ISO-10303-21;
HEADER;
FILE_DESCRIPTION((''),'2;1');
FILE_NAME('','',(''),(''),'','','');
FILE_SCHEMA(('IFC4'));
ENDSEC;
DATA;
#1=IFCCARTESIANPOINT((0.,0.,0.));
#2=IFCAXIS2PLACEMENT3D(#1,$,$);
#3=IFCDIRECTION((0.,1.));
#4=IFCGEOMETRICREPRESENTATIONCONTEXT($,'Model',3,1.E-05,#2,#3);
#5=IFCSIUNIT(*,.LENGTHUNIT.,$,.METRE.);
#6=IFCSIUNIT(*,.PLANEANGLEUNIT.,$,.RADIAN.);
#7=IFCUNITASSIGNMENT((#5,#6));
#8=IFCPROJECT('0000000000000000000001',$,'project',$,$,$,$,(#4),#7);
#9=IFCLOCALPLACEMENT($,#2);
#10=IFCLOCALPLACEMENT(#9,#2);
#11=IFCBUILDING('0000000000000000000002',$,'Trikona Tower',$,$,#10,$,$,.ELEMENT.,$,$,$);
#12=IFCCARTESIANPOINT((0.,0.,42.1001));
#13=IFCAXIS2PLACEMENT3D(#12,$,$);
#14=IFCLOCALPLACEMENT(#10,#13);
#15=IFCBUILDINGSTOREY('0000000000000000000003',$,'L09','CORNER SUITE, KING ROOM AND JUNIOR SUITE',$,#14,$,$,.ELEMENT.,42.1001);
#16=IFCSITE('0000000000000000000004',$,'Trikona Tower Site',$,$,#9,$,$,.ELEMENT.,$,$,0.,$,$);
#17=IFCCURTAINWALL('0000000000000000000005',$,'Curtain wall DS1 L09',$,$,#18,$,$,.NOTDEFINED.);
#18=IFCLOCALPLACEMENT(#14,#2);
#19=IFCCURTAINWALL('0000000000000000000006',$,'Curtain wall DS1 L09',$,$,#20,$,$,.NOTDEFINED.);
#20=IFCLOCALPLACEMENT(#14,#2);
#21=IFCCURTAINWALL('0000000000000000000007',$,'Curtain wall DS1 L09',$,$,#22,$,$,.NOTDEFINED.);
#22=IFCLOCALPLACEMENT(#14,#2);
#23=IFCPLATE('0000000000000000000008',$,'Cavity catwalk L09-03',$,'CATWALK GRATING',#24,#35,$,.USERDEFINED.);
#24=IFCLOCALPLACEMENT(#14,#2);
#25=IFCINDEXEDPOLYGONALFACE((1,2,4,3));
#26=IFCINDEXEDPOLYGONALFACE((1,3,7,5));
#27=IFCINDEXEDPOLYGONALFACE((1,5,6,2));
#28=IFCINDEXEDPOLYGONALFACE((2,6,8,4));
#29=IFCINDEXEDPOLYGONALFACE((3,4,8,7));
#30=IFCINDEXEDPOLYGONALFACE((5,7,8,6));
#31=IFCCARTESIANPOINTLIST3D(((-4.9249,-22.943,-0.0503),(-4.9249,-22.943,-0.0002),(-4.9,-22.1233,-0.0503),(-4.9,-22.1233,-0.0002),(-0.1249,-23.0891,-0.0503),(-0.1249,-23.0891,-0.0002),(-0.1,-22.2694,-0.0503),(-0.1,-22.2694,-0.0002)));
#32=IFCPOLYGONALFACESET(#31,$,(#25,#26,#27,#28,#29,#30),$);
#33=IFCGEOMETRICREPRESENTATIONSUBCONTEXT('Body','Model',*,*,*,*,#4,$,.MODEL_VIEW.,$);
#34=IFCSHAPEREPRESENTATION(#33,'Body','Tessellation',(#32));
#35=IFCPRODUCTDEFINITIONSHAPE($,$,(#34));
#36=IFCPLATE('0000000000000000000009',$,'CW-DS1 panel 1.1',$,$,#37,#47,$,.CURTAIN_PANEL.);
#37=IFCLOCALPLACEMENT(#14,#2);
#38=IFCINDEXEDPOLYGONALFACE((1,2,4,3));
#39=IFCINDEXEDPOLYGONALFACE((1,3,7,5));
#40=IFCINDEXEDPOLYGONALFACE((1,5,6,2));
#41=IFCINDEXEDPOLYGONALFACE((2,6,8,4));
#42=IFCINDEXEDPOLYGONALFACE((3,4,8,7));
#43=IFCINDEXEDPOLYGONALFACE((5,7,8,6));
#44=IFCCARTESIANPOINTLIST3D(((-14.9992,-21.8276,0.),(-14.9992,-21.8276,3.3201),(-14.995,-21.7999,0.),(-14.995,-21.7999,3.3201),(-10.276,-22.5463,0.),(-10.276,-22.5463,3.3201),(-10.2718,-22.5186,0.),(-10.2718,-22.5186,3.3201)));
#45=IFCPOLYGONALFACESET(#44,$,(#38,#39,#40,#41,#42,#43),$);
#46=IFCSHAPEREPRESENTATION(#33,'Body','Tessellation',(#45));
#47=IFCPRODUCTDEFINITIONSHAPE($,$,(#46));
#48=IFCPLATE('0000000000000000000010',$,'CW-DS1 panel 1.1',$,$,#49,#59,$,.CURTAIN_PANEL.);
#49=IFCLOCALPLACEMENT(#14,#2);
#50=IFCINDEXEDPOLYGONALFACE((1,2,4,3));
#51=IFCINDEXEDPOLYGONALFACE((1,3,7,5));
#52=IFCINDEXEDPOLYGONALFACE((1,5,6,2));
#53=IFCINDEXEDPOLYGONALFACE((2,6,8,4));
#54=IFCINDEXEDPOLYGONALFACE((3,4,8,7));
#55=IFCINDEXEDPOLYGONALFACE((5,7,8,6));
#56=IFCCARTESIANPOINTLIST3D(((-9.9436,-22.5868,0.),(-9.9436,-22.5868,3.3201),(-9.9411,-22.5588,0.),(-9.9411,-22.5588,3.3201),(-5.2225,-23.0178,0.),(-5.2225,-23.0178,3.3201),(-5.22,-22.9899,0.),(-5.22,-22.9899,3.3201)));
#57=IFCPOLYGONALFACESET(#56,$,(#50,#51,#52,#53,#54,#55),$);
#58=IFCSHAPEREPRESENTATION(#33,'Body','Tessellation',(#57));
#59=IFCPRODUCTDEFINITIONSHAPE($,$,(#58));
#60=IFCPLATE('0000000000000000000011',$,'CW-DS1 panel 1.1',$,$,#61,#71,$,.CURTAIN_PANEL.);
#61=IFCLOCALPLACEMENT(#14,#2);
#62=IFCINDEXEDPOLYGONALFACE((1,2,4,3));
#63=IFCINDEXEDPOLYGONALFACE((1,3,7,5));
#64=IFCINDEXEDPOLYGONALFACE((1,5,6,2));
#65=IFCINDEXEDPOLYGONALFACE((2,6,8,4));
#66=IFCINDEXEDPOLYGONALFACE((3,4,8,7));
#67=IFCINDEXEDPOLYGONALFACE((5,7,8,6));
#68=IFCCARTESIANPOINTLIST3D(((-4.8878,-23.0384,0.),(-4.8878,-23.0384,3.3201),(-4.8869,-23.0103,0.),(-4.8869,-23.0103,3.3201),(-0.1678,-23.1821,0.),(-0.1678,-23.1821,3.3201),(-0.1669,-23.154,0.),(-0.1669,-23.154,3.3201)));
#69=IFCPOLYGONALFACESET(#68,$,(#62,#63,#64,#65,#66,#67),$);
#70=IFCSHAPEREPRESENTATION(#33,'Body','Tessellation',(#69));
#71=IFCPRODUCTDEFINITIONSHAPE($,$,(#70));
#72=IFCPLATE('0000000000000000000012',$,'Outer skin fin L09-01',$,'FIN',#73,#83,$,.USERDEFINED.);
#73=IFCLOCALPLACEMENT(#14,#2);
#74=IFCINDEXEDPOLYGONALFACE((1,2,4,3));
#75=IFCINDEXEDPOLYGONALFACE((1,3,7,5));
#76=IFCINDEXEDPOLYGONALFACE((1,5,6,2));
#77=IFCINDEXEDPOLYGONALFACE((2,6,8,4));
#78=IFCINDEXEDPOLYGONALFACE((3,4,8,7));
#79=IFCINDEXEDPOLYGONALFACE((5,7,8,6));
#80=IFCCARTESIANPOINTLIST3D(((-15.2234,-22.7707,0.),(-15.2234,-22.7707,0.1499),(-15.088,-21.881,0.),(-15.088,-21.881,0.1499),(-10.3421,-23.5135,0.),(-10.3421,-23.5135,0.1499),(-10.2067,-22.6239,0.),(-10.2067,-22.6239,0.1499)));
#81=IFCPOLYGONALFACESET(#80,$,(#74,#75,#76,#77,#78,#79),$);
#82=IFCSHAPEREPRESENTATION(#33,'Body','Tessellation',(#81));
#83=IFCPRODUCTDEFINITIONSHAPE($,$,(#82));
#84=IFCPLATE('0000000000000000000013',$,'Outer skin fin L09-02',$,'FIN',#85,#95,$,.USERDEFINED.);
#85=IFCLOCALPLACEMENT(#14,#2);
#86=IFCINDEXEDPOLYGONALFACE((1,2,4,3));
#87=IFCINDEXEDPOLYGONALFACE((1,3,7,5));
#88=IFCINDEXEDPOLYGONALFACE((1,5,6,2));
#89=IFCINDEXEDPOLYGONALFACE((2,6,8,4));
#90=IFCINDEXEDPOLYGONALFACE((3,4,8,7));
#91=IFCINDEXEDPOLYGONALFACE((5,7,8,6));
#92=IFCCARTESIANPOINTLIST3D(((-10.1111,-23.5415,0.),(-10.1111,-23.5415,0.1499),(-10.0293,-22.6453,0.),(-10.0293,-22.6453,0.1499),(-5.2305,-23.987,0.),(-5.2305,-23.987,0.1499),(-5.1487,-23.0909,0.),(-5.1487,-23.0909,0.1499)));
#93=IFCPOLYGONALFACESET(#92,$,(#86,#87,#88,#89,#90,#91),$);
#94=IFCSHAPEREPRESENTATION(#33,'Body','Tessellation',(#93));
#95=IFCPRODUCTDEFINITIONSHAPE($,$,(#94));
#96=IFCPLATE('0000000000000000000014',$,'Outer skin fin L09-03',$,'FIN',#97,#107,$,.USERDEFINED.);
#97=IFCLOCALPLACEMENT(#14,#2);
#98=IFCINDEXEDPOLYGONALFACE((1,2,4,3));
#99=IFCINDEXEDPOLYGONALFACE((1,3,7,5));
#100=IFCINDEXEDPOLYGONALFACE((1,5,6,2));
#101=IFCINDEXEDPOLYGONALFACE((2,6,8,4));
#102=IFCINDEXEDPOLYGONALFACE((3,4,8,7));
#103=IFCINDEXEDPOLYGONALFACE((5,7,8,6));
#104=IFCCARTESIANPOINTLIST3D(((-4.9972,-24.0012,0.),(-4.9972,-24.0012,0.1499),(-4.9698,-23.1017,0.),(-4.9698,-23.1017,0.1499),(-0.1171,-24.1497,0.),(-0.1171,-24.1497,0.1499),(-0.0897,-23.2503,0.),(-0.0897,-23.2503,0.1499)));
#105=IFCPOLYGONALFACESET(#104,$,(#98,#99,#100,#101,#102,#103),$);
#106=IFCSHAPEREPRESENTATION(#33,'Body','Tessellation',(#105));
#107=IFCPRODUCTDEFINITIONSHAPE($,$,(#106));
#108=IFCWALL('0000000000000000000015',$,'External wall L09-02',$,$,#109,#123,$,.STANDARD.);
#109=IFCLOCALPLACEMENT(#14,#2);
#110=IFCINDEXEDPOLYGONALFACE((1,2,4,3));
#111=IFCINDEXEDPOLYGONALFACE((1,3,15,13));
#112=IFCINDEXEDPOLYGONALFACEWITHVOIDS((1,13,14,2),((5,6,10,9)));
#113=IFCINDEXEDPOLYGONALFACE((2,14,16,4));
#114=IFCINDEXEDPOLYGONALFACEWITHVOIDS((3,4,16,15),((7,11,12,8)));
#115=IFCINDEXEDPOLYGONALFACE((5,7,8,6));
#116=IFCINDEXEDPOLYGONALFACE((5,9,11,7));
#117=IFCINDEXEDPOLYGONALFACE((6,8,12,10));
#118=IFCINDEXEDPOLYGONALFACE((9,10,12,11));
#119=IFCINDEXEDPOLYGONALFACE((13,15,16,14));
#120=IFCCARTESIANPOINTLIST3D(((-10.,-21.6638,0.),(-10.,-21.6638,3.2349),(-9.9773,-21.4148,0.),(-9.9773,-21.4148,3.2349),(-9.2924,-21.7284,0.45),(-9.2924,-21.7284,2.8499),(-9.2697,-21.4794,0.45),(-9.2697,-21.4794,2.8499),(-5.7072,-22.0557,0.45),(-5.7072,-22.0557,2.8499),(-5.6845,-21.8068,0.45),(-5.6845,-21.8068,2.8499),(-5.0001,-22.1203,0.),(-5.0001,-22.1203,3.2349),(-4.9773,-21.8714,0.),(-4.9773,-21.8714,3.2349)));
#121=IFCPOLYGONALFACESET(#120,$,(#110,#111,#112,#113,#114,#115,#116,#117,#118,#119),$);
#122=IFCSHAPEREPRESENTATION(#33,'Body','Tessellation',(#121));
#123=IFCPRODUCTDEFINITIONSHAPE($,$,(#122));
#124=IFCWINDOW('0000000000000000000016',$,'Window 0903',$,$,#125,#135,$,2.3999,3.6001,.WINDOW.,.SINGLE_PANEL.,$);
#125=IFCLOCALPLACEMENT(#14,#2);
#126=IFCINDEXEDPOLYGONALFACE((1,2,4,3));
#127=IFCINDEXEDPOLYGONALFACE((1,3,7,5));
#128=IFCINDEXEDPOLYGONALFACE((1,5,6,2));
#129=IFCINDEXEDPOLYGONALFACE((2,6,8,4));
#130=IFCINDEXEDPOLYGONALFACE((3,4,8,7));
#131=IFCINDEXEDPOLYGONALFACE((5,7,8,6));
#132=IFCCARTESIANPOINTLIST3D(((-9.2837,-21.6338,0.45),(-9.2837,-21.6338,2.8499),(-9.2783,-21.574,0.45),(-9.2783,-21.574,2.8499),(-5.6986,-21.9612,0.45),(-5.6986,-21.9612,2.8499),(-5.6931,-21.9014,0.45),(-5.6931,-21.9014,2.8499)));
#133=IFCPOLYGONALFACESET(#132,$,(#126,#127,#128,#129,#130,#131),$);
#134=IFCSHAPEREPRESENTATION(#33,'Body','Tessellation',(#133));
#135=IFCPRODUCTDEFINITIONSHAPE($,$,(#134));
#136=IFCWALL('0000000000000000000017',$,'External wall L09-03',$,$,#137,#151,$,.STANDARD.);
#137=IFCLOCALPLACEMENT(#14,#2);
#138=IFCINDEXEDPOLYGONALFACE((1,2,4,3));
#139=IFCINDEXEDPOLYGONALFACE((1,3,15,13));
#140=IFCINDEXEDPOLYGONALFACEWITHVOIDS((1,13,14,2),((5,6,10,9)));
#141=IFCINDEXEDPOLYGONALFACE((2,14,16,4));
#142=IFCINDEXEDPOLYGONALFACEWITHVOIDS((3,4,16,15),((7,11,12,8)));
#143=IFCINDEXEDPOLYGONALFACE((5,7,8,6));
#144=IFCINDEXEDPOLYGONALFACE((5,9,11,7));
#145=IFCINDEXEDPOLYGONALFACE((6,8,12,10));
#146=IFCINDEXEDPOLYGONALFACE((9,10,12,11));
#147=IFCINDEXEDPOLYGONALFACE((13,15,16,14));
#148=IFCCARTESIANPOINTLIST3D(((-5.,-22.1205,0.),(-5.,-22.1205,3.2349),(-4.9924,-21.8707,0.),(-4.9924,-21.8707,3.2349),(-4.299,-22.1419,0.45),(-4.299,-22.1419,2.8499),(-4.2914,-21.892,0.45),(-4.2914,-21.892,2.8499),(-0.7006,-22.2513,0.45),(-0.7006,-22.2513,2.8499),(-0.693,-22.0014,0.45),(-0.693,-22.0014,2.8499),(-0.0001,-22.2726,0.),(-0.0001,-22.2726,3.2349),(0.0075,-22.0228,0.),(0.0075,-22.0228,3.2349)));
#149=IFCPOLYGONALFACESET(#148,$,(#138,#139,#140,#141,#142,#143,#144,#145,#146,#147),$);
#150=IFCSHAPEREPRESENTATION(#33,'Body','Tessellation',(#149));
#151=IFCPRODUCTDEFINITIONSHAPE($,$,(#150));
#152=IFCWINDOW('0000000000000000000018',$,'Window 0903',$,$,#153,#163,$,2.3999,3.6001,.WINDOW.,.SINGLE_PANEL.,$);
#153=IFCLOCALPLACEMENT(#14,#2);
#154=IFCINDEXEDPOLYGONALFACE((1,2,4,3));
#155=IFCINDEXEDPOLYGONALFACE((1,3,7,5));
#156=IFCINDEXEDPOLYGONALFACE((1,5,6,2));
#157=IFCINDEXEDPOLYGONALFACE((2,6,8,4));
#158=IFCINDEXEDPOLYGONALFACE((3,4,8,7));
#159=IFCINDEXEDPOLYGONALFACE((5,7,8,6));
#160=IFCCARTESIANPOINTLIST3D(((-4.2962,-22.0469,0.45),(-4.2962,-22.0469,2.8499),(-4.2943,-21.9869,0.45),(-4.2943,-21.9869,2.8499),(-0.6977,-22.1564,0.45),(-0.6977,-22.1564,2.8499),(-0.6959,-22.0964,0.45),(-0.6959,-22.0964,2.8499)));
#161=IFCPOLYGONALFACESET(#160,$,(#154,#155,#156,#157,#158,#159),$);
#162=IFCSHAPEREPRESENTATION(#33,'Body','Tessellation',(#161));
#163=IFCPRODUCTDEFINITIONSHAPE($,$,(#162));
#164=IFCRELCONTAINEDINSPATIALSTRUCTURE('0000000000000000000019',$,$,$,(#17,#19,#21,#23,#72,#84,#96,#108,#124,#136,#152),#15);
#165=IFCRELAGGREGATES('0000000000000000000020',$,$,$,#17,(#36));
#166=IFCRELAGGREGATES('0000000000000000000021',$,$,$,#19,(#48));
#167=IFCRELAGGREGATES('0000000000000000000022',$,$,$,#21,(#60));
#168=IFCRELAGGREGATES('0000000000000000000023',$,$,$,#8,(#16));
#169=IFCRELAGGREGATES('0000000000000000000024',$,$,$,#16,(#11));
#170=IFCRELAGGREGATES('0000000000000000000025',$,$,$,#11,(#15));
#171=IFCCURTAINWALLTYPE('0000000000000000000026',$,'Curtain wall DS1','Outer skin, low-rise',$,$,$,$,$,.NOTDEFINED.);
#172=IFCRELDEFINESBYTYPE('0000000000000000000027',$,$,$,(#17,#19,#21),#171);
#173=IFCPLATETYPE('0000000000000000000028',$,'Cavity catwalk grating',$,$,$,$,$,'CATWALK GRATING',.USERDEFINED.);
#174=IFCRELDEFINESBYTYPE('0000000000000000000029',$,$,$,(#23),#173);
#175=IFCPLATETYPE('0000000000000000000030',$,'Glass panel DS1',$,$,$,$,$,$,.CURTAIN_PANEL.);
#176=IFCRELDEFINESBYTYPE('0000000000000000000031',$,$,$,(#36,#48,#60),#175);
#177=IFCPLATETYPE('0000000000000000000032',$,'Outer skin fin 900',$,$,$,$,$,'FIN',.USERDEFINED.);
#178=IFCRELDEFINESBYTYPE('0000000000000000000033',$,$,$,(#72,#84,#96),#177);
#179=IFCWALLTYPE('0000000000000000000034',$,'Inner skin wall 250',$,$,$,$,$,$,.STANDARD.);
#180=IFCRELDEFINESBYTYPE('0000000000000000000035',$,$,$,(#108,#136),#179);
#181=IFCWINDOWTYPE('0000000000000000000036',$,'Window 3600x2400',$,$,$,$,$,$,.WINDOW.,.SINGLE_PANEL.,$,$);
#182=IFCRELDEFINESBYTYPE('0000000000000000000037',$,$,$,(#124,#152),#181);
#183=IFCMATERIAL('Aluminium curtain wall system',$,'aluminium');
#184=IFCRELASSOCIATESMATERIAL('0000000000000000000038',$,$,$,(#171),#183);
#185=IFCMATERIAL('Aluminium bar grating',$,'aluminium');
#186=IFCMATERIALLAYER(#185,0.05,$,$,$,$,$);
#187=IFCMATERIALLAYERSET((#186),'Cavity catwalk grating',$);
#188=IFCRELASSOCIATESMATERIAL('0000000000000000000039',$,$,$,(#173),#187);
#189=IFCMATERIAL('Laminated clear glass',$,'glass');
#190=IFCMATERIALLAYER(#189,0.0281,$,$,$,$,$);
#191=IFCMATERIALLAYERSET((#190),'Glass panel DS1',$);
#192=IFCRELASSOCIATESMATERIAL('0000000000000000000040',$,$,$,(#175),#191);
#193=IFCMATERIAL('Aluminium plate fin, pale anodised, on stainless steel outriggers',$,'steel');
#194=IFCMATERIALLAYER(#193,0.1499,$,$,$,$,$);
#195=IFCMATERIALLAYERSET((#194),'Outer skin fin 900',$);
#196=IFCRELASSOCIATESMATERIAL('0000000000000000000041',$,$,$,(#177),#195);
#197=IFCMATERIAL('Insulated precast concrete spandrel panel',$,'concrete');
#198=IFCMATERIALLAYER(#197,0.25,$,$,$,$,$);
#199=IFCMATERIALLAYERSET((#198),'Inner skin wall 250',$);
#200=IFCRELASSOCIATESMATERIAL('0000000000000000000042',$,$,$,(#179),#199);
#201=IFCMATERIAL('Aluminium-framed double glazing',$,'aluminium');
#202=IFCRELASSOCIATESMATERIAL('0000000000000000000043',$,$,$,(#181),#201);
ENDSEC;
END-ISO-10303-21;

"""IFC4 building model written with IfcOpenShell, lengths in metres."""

from ifc_helpers import new_model, si_unit, direction, frame, frame_2d, origin, origin_2d, place, context, subcontext, project, spatial, rectangle, extrude, material, layer, layer_set, type_object, element, fill, aggregate, save


model = new_model("IFC4")

# Units and contexts
model_context = context("Model", 3, precision=1e-05, world=origin(), true_north=direction((0.0, 1.0)))
body_context = subcontext(model_context, "Body", "Model", "MODEL_VIEW")
ifc_project = project(units=[si_unit("LENGTHUNIT", "METRE"), si_unit("PLANEANGLEUNIT", "RADIAN")], contexts=[model_context])

# Site, building, storey
site_placement = place(None, origin())
site = spatial("IfcSite", under=ifc_project, at=site_placement, Name="Trikona Tower Site", CompositionType="ELEMENT", RefElevation=0.0)
building_placement = place(site_placement, origin())
building = spatial("IfcBuilding", under=site, at=building_placement, Name="Trikona Tower", CompositionType="ELEMENT")
storey_placement = place(building_placement, frame((0.0, 0.0, 42.1001)))
storey = spatial("IfcBuildingStorey", under=building, at=storey_placement, Name="L09", Description="CORNER SUITE, KING ROOM AND JUNIOR SUITE", CompositionType="ELEMENT", Elevation=42.1001)

# Curtain wall
ifc_material_1 = material(Name="Aluminium curtain wall system", Category="aluminium")
curtain_wall_type = type_object("IfcCurtainWallType", Name="Curtain wall DS1", Description="Outer skin, low-rise", PredefinedType="NOTDEFINED", material=ifc_material_1)
curtain_wall_1_placement = place(storey_placement, origin())
curtain_wall_1 = element("IfcCurtainWall", 1, at=curtain_wall_1_placement, inside=storey, type_object=curtain_wall_type, Name="Curtain wall DS1 L09", PredefinedType="NOTDEFINED")

# Curtain walls
curtain_wall_2_placement = place(storey_placement, origin())
curtain_wall_2 = element("IfcCurtainWall", 2, at=curtain_wall_2_placement, inside=storey, type_object=curtain_wall_type, Name="Curtain wall DS1 L09", PredefinedType="NOTDEFINED")
curtain_wall_3_placement = place(storey_placement, origin())
curtain_wall_3 = element("IfcCurtainWall", 3, at=curtain_wall_3_placement, inside=storey, type_object=curtain_wall_type, Name="Curtain wall DS1 L09", PredefinedType="NOTDEFINED")

# Plate
ifc_material_2 = material(Name="Aluminium bar grating", Category="aluminium")
ifc_layer_1 = layer(ifc_material_2, 0.05)
ifc_layer_set_1 = layer_set([ifc_layer_1], Name="Cavity catwalk grating")
plate_type_1 = type_object("IfcPlateType", Name="Cavity catwalk grating", ElementType="CATWALK GRATING", PredefinedType="USERDEFINED", material=ifc_layer_set_1)
plate_1_placement = place(storey_placement, frame((-2.5125, -22.6062, -0.0503), z_axis=(0.0, 0.0, 1.0), x_axis=(0.999537, -0.030425, 0.0)))
element("IfcPlate", 4, at=plate_1_placement, inside=storey, type_object=plate_type_1, Name="Cavity catwalk L09-03", ObjectType="CATWALK GRATING", PredefinedType="USERDEFINED", context=body_context, shape_type="SweptSolid", body=[
    extrude(rectangle(XDim=4.8022, YDim=0.8201, at=origin_2d()), origin(), (0.0, 0.0, 1.0), 0.05),
])

# Plates
ifc_material_3 = material(Name="Laminated clear glass", Category="glass")
ifc_layer_2 = layer(ifc_material_3, 0.0281)
ifc_layer_set_2 = layer_set([ifc_layer_2], Name="Glass panel DS1")
plate_type_2 = type_object("IfcPlateType", Name="Glass panel DS1", PredefinedType="CURTAIN_PANEL", material=ifc_layer_set_2)
plate_2_placement = place(storey_placement, frame((-12.6355, -22.1731, 0.0), z_axis=(0.0, 0.0, 1.0), x_axis=(0.988619, -0.150438, 0.0)))
plate_2 = element("IfcPlate", 5, at=plate_2_placement, type_object=plate_type_2, Name="CW-DS1 panel 1.1", PredefinedType="CURTAIN_PANEL", context=body_context, shape_type="SweptSolid", body=[
    extrude(rectangle(XDim=4.7776, YDim=0.0281, at=origin_2d()), origin(), (0.0, 0.0, 1.0), 3.3201),
])
aggregate(curtain_wall_1, [plate_2])
plate_3_placement = place(storey_placement, frame((-7.5818, -22.7883, 0.0), z_axis=(0.0, 0.0, 1.0), x_axis=(0.995858, -0.090924, 0.0)))
plate_3 = element("IfcPlate", 6, at=plate_3_placement, type_object=plate_type_2, Name="CW-DS1 panel 1.1", PredefinedType="CURTAIN_PANEL", context=body_context, shape_type="SweptSolid", body=[
    extrude(rectangle(XDim=4.7407, YDim=0.0281, at=origin_2d()), origin(), (0.0, 0.0, 1.0), 3.3201),
])
aggregate(curtain_wall_2, [plate_3])
plate_4_placement = place(storey_placement, frame((-2.5273, -23.0962, 0.0), z_axis=(0.0, 0.0, 1.0), x_axis=(0.999537, -0.030437, 0.0)))
plate_4 = element("IfcPlate", 7, at=plate_4_placement, type_object=plate_type_2, Name="CW-DS1 panel 1.1", PredefinedType="CURTAIN_PANEL", context=body_context, shape_type="SweptSolid", body=[
    extrude(rectangle(XDim=4.7222, YDim=0.0281, at=origin_2d()), origin(), (0.0, 0.0, 1.0), 3.3201),
])
aggregate(curtain_wall_3, [plate_4])

# Plates
ifc_material_4 = material(Name="Aluminium plate fin, pale anodised, on stainless steel outriggers", Category="steel")
ifc_layer_3 = layer(ifc_material_4, 0.1499)
ifc_layer_set_3 = layer_set([ifc_layer_3], Name="Outer skin fin 900")
plate_type_3 = type_object("IfcPlateType", Name="Outer skin fin 900", ElementType="FIN", PredefinedType="USERDEFINED", material=ifc_layer_set_3)
plate_5_placement = place(storey_placement, frame((-12.7151, -22.6973, 0.0), z_axis=(0.0, 0.0, 1.0), x_axis=(0.988618, -0.150448, 0.0)))
element("IfcPlate", 8, at=plate_5_placement, inside=storey, type_object=plate_type_3, Name="Outer skin fin L09-01", ObjectType="FIN", PredefinedType="USERDEFINED", context=body_context, shape_type="SweptSolid", body=[
    extrude(rectangle(XDim=4.9375, YDim=0.8999, at=origin_2d()), origin(), (0.0, 0.0, 1.0), 0.1499),
])
plate_6_placement = place(storey_placement, frame((-7.6299, -23.3162, 0.0), z_axis=(0.0, 0.0, 1.0), x_axis=(0.995858, -0.090921, 0.0)))
element("IfcPlate", 9, at=plate_6_placement, inside=storey, type_object=plate_type_3, Name="Outer skin fin L09-02", ObjectType="FIN", PredefinedType="USERDEFINED", context=body_context, shape_type="SweptSolid", body=[
    extrude(rectangle(XDim=4.9009, YDim=0.8999, at=origin_2d()), origin(), (0.0, 0.0, 1.0), 0.1499),
])
plate_7_placement = place(storey_placement, frame((-2.5435, -23.6257, 0.0), z_axis=(0.0, 0.0, 1.0), x_axis=(0.999537, -0.030425, 0.0)))
element("IfcPlate", 10, at=plate_7_placement, inside=storey, type_object=plate_type_3, Name="Outer skin fin L09-03", ObjectType="FIN", PredefinedType="USERDEFINED", context=body_context, shape_type="SweptSolid", body=[
    extrude(rectangle(XDim=4.8823, YDim=0.8999, at=origin_2d()), origin(), (0.0, 0.0, 1.0), 0.1499),
])

# Walls, openings, windows
ifc_material_5 = material(Name="Insulated precast concrete spandrel panel", Category="concrete")
ifc_layer_4 = layer(ifc_material_5, 0.25)
ifc_layer_set_4 = layer_set([ifc_layer_4], Name="Inner skin wall 250")
wall_type = type_object("IfcWallType", Name="Inner skin wall 250", PredefinedType="STANDARD", material=ifc_layer_set_4)
wall_1_placement = place(storey_placement, frame((-9.9885, -21.5393, 0.0), z_axis=(0.0, 0.0, 1.0), x_axis=(0.995857, -0.09093, 0.0)))
wall_1 = element("IfcWall", 11, at=wall_1_placement, inside=storey, type_object=wall_type, Name="External wall L09-02", PredefinedType="STANDARD", context=body_context, shape_type="SweptSolid", body=[
    extrude(rectangle(XDim=5.0208, YDim=0.25, at=frame_2d((2.5103, 0.0))), origin(), (0.0, 0.0, 1.0), 3.2349),
])
opening_1_placement = place(wall_1_placement, frame((0.7104, 0.0, 0.45)))
opening_1 = element("IfcOpeningElement", 12, at=opening_1_placement, cuts=wall_1, PredefinedType="OPENING", context=body_context, shape_type="SweptSolid", body=[
    extrude(rectangle(XDim=3.6001, YDim=2.3999, at=frame_2d((1.8, 1.2))), frame((0.0, 0.135, 0.0), z_axis=(0.0, -1.0, 0.0), x_axis=(1.0, 0.0, 0.0)), (0.0, 0.0, 1.0), 0.27),
])
ifc_material_6 = material(Name="Aluminium-framed double glazing", Category="aluminium")
window_type = type_object("IfcWindowType", Name="Window 3600x2400", PartitioningType="SINGLE_PANEL", PredefinedType="WINDOW", material=ifc_material_6)
window_1_placement = place(opening_1_placement, origin())
window_1 = element("IfcWindow", 13, at=window_1_placement, inside=storey, type_object=window_type, Name="Window 0903", OverallHeight=2.3999, OverallWidth=3.6001, PartitioningType="SINGLE_PANEL", PredefinedType="WINDOW", context=body_context, shape_type="SweptSolid", body=[
    extrude(rectangle(XDim=3.6001, YDim=2.3999, at=frame_2d((1.8, 1.2))), frame((0.0, 0.03, 0.0), z_axis=(0.0, -1.0, 0.0), x_axis=(1.0, 0.0, 0.0)), (0.0, 0.0, 1.0), 0.0601),
])
fill(opening_1, window_1)
wall_2_placement = place(storey_placement, frame((-4.9961, -21.9956, 0.0), z_axis=(0.0, 0.0, 1.0), x_axis=(0.999538, -0.030406, 0.0)))
wall_2 = element("IfcWall", 14, at=wall_2_placement, inside=storey, type_object=wall_type, Name="External wall L09-03", PredefinedType="STANDARD", context=body_context, shape_type="SweptSolid", body=[
    extrude(rectangle(XDim=5.0022, YDim=0.25, at=frame_2d((2.501, 0.0))), origin(), (0.0, 0.0, 1.0), 3.2349),
])
opening_2_placement = place(wall_2_placement, frame((0.7012, 0.0, 0.45)))
opening_2 = element("IfcOpeningElement", 15, at=opening_2_placement, cuts=wall_2, PredefinedType="OPENING", context=body_context, shape_type="SweptSolid", body=[
    extrude(rectangle(XDim=3.6001, YDim=2.3999, at=frame_2d((1.8, 1.2))), frame((0.0, 0.135, 0.0), z_axis=(0.0, -1.0, 0.0), x_axis=(1.0, 0.0, 0.0)), (0.0, 0.0, 1.0), 0.27),
])
window_2_placement = place(opening_2_placement, origin())
window_2 = element("IfcWindow", 16, at=window_2_placement, inside=storey, type_object=window_type, Name="Window 0903", OverallHeight=2.3999, OverallWidth=3.6001, PartitioningType="SINGLE_PANEL", PredefinedType="WINDOW", context=body_context, shape_type="SweptSolid", body=[
    extrude(rectangle(XDim=3.6001, YDim=2.3999, at=frame_2d((1.8, 1.2))), frame((0.0, 0.03, 0.0), z_axis=(0.0, -1.0, 0.0), x_axis=(1.0, 0.0, 0.0)), (0.0, 0.0, 1.0), 0.0601),
])
fill(opening_2, window_2)

save(model, "model.ifc")
